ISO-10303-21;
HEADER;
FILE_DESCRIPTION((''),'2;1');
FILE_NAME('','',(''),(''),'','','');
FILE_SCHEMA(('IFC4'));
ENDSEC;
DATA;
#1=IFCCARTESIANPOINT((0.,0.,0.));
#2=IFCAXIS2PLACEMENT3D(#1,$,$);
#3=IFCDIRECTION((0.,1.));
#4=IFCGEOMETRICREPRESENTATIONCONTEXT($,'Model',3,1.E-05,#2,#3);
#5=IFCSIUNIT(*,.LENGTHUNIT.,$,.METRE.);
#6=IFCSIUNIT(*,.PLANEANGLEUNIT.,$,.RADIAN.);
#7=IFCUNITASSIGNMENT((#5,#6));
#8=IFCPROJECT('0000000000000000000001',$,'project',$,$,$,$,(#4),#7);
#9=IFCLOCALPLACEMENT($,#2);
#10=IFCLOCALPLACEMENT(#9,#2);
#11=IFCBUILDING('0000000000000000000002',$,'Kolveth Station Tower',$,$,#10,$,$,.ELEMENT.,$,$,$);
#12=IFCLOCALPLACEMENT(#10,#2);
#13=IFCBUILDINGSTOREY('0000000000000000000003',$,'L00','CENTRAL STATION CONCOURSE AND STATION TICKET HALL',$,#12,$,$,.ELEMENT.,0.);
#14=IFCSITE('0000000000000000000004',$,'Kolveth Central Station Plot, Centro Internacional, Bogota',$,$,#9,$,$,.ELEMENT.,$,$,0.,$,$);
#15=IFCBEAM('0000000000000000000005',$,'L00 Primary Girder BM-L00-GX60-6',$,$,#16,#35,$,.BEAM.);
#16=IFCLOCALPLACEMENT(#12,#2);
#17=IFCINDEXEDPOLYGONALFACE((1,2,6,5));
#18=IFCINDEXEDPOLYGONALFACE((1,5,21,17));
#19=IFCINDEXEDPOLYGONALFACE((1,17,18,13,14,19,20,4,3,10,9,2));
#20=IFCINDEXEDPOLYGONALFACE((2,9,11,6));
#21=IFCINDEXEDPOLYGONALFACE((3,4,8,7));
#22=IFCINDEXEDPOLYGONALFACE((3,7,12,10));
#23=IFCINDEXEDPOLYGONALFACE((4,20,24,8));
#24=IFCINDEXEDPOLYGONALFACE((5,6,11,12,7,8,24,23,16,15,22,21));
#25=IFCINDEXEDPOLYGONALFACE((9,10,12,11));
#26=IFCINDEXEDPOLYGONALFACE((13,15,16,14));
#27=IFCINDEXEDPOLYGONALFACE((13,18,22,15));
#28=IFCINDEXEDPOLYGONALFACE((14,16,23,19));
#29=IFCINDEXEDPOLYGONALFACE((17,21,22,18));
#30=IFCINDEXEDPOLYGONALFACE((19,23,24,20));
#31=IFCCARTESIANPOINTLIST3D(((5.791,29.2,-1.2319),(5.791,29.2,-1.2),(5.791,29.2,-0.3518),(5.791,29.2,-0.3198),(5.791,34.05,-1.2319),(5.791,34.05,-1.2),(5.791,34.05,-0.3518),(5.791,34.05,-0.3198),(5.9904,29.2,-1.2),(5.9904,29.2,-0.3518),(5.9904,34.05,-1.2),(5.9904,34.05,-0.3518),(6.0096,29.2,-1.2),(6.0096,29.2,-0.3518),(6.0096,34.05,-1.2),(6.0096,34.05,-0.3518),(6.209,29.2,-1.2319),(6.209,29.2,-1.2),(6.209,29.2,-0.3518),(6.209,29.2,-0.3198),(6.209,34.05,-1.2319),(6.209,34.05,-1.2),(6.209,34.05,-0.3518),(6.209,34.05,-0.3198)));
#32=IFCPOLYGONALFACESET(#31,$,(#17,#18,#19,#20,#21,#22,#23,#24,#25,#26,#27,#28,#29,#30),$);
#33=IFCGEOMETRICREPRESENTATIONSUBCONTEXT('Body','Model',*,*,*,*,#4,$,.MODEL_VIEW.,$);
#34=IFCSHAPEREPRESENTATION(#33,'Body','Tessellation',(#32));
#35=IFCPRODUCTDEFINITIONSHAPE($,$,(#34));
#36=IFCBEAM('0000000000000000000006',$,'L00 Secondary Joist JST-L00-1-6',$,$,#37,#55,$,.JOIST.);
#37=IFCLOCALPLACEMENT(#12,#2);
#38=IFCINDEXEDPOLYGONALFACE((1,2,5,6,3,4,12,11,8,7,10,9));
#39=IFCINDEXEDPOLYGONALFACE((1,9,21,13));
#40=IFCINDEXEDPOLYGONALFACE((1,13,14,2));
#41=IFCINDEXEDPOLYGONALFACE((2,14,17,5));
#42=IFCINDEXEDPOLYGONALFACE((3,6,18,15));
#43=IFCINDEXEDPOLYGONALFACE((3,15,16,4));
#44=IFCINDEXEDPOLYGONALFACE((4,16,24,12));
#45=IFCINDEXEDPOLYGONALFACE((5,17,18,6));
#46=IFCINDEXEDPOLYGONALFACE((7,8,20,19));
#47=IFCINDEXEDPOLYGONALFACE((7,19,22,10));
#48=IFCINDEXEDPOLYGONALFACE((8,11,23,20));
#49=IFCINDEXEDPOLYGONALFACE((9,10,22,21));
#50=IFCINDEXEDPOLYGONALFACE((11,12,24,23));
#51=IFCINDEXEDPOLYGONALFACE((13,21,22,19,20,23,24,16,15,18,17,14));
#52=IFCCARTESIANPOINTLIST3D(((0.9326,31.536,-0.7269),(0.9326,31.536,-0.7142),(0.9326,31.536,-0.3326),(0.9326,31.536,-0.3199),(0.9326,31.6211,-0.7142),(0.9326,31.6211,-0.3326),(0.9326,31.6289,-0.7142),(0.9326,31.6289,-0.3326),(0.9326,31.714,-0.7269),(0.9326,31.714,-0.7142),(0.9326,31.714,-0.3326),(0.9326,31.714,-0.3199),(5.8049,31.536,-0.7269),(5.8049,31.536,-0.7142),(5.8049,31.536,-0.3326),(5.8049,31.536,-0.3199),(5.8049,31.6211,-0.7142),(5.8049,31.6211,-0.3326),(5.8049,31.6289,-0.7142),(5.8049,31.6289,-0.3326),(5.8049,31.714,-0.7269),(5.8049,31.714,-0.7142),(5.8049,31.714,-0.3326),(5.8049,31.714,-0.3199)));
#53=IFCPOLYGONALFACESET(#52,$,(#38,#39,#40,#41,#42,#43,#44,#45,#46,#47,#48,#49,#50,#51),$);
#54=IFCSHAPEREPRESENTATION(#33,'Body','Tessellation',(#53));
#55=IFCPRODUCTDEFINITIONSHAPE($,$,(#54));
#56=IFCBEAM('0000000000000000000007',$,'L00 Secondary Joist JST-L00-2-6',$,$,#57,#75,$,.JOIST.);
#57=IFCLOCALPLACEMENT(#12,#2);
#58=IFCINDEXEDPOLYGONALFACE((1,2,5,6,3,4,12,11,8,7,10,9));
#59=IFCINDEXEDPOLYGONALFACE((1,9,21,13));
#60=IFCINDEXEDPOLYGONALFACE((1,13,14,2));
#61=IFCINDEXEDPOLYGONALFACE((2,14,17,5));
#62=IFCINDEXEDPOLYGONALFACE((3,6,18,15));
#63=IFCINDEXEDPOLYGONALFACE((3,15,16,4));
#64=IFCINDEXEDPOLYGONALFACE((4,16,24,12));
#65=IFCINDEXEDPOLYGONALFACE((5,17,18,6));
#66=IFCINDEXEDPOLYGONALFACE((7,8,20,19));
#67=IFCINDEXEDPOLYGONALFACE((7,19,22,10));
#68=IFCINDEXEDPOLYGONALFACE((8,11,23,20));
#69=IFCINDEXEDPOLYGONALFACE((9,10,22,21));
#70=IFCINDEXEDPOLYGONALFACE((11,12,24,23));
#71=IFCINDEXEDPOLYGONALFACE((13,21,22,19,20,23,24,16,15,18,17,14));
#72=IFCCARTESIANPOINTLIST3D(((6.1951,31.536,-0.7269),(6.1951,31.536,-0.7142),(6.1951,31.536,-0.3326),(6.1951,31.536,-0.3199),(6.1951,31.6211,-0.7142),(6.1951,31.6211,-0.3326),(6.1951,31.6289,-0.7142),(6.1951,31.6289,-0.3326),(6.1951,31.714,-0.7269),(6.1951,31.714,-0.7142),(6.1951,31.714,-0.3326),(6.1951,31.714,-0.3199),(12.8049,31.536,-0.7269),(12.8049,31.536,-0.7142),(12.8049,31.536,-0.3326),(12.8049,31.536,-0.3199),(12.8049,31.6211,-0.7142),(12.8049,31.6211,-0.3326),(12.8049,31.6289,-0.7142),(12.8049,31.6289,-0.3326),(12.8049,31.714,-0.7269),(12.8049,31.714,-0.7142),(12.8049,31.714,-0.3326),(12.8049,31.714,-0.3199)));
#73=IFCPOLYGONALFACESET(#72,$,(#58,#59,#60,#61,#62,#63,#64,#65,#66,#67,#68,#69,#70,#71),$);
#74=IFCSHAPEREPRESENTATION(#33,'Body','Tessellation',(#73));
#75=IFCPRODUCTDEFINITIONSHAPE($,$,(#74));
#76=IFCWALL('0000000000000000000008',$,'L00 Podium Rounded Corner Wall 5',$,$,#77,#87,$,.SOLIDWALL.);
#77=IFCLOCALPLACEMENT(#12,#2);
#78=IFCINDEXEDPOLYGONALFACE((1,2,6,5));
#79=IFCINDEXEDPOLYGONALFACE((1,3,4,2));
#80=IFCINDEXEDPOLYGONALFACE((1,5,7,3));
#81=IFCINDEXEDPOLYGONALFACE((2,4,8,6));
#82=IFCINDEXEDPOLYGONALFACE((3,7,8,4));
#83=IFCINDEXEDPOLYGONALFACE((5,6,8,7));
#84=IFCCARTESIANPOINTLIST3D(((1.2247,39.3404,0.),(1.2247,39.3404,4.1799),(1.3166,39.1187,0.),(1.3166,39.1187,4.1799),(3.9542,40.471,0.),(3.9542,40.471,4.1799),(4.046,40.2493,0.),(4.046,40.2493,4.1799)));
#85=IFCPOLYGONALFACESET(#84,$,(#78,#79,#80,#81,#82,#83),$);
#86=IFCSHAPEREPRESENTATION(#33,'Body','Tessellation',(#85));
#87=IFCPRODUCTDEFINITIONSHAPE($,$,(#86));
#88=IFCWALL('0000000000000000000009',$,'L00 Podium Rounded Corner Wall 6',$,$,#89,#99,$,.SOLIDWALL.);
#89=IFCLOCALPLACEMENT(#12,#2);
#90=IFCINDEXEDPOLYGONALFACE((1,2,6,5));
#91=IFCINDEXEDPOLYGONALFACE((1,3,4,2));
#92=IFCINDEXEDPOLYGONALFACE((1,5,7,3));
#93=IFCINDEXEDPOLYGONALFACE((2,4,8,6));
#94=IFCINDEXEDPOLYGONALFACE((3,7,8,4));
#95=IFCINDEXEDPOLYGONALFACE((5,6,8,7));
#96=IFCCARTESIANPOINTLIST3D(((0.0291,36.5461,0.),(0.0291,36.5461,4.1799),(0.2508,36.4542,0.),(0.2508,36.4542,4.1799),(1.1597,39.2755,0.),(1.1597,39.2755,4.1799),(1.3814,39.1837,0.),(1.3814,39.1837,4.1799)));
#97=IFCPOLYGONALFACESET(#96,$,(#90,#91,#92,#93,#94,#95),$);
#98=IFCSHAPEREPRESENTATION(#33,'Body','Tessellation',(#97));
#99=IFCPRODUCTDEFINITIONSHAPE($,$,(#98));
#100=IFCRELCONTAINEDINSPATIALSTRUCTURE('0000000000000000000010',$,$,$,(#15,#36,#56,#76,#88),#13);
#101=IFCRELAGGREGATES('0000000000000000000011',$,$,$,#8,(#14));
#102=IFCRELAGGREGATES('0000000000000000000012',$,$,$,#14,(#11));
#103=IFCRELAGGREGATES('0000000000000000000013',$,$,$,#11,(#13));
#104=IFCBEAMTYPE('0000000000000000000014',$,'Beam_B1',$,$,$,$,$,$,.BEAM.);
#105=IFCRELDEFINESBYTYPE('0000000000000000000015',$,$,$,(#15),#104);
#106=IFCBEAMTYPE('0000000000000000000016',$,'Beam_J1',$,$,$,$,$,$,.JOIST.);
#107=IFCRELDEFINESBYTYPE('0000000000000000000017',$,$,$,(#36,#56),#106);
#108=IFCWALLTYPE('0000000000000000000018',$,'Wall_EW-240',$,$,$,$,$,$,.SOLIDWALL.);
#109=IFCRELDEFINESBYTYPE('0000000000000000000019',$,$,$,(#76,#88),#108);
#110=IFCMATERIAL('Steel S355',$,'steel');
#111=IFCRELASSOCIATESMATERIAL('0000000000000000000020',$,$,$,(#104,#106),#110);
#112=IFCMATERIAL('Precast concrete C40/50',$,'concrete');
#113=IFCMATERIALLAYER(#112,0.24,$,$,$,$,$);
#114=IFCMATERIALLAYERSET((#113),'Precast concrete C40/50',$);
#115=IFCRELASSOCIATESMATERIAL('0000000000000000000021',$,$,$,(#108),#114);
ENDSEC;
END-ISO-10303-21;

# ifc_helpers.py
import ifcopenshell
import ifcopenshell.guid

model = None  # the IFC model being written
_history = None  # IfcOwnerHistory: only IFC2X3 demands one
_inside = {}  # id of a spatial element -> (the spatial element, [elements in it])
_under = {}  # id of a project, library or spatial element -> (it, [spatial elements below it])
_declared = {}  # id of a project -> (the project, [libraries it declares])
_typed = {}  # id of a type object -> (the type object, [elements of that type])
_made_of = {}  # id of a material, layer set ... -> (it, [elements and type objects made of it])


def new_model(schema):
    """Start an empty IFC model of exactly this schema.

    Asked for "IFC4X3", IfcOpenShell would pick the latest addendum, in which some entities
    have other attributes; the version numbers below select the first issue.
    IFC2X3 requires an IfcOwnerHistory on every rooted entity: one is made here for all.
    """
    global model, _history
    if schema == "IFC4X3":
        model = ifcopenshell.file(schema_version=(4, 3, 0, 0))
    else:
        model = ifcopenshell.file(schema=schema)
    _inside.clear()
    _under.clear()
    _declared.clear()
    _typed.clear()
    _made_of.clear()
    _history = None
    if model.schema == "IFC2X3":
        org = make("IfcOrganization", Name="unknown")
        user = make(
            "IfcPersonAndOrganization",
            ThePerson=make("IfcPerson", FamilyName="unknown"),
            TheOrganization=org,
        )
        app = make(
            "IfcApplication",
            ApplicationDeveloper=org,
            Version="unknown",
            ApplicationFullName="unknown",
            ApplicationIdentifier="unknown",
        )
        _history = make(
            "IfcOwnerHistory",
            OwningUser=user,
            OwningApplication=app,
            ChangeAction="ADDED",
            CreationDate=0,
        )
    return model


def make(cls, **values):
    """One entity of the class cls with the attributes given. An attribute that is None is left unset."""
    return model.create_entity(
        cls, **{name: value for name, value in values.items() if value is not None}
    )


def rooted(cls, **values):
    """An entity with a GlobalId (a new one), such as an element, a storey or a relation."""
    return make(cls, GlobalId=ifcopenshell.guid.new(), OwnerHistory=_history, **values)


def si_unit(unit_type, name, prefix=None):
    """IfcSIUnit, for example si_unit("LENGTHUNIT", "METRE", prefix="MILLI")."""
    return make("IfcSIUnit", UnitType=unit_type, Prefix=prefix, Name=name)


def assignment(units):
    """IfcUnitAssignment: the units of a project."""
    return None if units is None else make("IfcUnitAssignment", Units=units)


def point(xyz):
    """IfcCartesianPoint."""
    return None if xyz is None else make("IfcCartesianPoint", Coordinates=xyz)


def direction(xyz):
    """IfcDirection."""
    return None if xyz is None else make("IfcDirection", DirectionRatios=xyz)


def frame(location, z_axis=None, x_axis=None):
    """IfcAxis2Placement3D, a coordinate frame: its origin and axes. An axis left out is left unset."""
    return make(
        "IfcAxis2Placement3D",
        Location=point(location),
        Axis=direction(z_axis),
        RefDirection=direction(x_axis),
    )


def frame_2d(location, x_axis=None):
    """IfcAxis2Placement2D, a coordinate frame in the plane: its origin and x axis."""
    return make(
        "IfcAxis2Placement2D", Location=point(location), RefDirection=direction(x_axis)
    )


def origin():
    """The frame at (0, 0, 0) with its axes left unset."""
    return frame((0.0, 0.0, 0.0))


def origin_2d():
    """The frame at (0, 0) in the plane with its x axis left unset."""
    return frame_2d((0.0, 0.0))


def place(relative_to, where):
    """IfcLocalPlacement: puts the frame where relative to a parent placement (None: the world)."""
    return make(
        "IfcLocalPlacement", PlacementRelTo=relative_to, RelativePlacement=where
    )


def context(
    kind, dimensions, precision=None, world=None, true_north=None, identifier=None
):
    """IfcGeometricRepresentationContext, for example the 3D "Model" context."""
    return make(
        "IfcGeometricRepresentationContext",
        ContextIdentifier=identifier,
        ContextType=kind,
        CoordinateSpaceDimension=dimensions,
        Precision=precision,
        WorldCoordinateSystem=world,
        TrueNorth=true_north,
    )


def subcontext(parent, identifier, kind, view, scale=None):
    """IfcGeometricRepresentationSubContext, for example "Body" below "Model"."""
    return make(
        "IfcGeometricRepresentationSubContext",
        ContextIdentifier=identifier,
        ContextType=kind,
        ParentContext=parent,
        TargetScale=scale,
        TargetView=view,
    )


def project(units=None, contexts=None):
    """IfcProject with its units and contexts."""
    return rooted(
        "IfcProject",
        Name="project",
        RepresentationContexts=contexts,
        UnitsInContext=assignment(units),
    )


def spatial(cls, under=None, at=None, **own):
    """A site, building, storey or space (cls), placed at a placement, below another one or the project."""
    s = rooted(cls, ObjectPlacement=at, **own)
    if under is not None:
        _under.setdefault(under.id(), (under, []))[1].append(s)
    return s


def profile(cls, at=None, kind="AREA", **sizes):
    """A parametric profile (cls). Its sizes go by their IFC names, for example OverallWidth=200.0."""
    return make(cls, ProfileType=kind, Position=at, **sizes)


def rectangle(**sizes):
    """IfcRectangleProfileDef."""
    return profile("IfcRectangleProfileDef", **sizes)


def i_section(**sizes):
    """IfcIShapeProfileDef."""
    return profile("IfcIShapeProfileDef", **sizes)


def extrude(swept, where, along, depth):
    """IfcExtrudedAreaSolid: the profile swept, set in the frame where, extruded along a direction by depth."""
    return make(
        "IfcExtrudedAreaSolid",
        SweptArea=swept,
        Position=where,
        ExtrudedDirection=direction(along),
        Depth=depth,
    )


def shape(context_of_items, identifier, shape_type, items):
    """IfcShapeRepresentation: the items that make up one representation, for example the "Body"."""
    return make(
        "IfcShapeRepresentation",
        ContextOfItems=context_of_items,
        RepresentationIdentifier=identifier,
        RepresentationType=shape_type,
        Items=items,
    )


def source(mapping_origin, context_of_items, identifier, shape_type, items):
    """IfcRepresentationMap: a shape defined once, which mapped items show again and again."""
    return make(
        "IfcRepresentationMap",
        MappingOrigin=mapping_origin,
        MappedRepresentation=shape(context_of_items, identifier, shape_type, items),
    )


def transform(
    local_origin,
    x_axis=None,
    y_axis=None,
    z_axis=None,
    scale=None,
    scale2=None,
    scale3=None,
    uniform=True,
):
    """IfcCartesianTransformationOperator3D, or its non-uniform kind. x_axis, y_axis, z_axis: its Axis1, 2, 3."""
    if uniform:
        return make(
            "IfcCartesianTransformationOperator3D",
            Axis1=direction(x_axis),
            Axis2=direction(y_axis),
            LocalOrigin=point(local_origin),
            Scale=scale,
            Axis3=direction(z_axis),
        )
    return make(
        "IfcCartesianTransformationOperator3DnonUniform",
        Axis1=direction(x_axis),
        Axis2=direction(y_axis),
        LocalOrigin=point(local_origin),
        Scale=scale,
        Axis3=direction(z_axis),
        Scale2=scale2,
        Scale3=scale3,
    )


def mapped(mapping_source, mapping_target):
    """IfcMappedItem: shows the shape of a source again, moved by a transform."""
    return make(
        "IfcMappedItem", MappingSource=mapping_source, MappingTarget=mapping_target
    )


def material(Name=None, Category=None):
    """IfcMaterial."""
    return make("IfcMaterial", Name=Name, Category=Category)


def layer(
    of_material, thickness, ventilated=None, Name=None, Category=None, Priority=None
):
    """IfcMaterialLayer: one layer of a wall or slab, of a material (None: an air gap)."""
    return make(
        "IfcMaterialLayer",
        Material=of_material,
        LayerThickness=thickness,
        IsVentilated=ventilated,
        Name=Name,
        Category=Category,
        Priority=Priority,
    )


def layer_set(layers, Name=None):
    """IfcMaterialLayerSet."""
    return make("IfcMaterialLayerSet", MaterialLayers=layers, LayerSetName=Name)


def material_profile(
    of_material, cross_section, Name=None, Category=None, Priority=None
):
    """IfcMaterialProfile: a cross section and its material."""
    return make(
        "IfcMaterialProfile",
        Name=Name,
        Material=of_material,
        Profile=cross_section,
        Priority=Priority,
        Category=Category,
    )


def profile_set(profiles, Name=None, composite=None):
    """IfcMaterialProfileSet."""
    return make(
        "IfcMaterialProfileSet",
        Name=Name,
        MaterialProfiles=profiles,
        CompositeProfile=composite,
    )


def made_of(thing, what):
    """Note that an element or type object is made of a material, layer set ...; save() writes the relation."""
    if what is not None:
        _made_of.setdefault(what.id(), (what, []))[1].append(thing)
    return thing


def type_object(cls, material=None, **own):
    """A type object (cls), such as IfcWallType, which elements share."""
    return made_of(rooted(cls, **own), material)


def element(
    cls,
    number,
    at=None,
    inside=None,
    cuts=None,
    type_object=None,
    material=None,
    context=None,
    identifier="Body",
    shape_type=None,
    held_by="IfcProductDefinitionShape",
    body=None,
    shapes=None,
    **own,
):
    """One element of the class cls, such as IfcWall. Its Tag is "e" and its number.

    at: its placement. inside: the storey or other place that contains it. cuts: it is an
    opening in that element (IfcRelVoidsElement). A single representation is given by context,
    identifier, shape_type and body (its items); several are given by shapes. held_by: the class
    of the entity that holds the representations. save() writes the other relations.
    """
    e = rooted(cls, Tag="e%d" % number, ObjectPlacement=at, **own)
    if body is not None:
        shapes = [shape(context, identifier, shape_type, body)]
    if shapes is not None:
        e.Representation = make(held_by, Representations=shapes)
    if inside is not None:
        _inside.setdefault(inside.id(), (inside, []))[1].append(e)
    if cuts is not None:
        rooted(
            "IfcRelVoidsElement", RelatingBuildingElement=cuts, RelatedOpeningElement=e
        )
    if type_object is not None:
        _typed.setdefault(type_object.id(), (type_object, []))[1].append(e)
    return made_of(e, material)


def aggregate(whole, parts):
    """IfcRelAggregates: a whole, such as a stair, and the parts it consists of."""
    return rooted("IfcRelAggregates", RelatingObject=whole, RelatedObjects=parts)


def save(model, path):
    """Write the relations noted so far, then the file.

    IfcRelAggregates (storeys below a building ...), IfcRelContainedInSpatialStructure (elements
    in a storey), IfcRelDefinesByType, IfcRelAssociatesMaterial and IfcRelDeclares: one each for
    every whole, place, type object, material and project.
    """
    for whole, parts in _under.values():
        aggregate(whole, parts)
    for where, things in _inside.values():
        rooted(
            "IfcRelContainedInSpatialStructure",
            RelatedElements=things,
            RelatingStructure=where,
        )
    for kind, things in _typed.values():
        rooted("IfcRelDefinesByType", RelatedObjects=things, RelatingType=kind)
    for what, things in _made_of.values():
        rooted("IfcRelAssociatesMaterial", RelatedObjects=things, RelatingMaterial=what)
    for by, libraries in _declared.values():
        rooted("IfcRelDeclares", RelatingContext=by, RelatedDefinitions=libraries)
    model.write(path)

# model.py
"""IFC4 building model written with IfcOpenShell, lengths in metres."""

from ifc_helpers import new_model, si_unit, direction, frame, frame_2d, origin, origin_2d, place, context, subcontext, project, spatial, rectangle, i_section, extrude, source, transform, mapped, material, layer, layer_set, material_profile, profile_set, type_object, element, save


model = new_model("IFC4")

# Units and contexts
model_context = context("Model", 3, precision=1e-05, world=origin(), true_north=direction((0.0, 1.0)))
body_context = subcontext(model_context, "Body", "Model", "MODEL_VIEW")
ifc_project = project(units=[si_unit("LENGTHUNIT", "METRE"), si_unit("PLANEANGLEUNIT", "RADIAN")], contexts=[model_context])

# Site, building, storey
site_placement = place(None, origin())
site = spatial("IfcSite", under=ifc_project, at=site_placement, Name="Kolveth Central Station Plot, Centro Internacional, Bogota", CompositionType="ELEMENT", RefElevation=0.0)
building_placement = place(site_placement, origin())
building = spatial("IfcBuilding", under=site, at=building_placement, Name="Kolveth Station Tower", CompositionType="ELEMENT")
storey_placement = place(building_placement, origin())
storey = spatial("IfcBuildingStorey", under=building, at=storey_placement, Name="L00", Description="CENTRAL STATION CONCOURSE AND STATION TICKET HALL", CompositionType="ELEMENT", Elevation=0.0)

# Beams
ifc_material_1 = material(Name="Steel S355", Category="steel")
ifc_material_profile_1 = material_profile(ifc_material_1, i_section(OverallWidth=0.418, OverallDepth=0.9121, WebThickness=0.0193, FlangeThickness=0.032, at=origin_2d()), Name="W920x342")
ifc_profile_set_1 = profile_set([ifc_material_profile_1], Name="Steel S355")
beam_type_1 = type_object("IfcBeamType", Name="Beam_B1", PredefinedType="BEAM", material=ifc_profile_set_1)
shared_shape_1 = source(origin(), body_context, "Body", "SweptSolid", [
    extrude(i_section(OverallWidth=0.418, OverallDepth=0.9121, WebThickness=0.0193, FlangeThickness=0.032, at=origin_2d()), origin(), (0.0, 0.0, 1.0), 4.8501),
])
beam_1_placement = place(storey_placement, frame((6.0, 29.2, -0.7759), z_axis=(0.0, 1.0, 0.0), x_axis=(-1.0, 0.0, 0.0)))
element("IfcBeam", 1, at=beam_1_placement, inside=storey, type_object=beam_type_1, Name="L00 Primary Girder BM-L00-GX60-6", PredefinedType="BEAM", context=body_context, shape_type="MappedRepresentation", body=[
    mapped(shared_shape_1, transform((0.0, 0.0, 0.0), x_axis=(1.0, 0.0, 0.0), y_axis=(0.0, 1.0, 0.0), z_axis=(0.0, 0.0, 1.0), scale=1.0)),
])
ifc_material_profile_2 = material_profile(ifc_material_1, i_section(OverallWidth=0.178, OverallDepth=0.407, WebThickness=0.0078, FlangeThickness=0.0127, at=origin_2d()), Name="W410x60")
ifc_profile_set_2 = profile_set([ifc_material_profile_2], Name="Steel S355")
beam_type_2 = type_object("IfcBeamType", Name="Beam_J1", PredefinedType="JOIST", material=ifc_profile_set_2)
shared_shape_2 = source(origin(), body_context, "Body", "SweptSolid", [
    extrude(i_section(OverallWidth=0.178, OverallDepth=0.407, WebThickness=0.0078, FlangeThickness=0.0127, at=origin_2d()), origin(), (0.0, 0.0, 1.0), 4.8723),
])
beam_2_placement = place(storey_placement, frame((0.9326, 31.625, -0.5234), z_axis=(1.0, 0.0, 0.0), x_axis=(0.0, 1.0, 0.0)))
element("IfcBeam", 2, at=beam_2_placement, inside=storey, type_object=beam_type_2, Name="L00 Secondary Joist JST-L00-1-6", PredefinedType="JOIST", context=body_context, shape_type="MappedRepresentation", body=[
    mapped(shared_shape_2, transform((0.0, 0.0, 0.0), x_axis=(1.0, 0.0, 0.0), y_axis=(0.0, 1.0, 0.0), z_axis=(0.0, 0.0, 1.0), scale=1.0)),
])
shared_shape_3 = source(origin(), body_context, "Body", "SweptSolid", [
    extrude(i_section(OverallWidth=0.178, OverallDepth=0.407, WebThickness=0.0078, FlangeThickness=0.0127, at=origin_2d()), origin(), (0.0, 0.0, 1.0), 6.6099),
])
beam_3_placement = place(storey_placement, frame((6.1951, 31.625, -0.5234), z_axis=(1.0, 0.0, 0.0), x_axis=(0.0, 1.0, 0.0)))
element("IfcBeam", 3, at=beam_3_placement, inside=storey, type_object=beam_type_2, Name="L00 Secondary Joist JST-L00-2-6", PredefinedType="JOIST", context=body_context, shape_type="MappedRepresentation", body=[
    mapped(shared_shape_3, transform((0.0, 0.0, 0.0), x_axis=(1.0, 0.0, 0.0), y_axis=(0.0, 1.0, 0.0), z_axis=(0.0, 0.0, 1.0), scale=1.0)),
])

# Walls
ifc_material_2 = material(Name="Precast concrete C40/50", Category="concrete")
ifc_layer_1 = layer(ifc_material_2, 0.24)
ifc_layer_set_1 = layer_set([ifc_layer_1], Name="Precast concrete C40/50")
wall_type_1 = type_object("IfcWallType", Name="Wall_EW-240", PredefinedType="SOLIDWALL", material=ifc_layer_set_1)
for number, where, z_axis, x_axis, name in (
    (4, (4.0, 40.3601, 0.0), (0.0, 0.0, 1.0), (-0.923877, -0.38269, 0.0), "L00 Podium Rounded Corner Wall 5"),
    (5, (1.2705, 39.2295, 0.0), (0.0, 0.0, 1.0), (-0.38269, -0.923877, 0.0), "L00 Podium Rounded Corner Wall 6"),
):
    element("IfcWall", number, at=place(storey_placement, frame(where, z_axis=z_axis, x_axis=x_axis)), inside=storey, type_object=wall_type_1, Name=name, PredefinedType="SOLIDWALL", context=body_context, shape_type="SweptSolid", body=[
        extrude(rectangle(XDim=2.9543, YDim=0.24, at=frame_2d((1.4771, 0.0))), origin(), (0.0, 0.0, 1.0), 4.1799),
    ])

save(model, "model.ifc")
